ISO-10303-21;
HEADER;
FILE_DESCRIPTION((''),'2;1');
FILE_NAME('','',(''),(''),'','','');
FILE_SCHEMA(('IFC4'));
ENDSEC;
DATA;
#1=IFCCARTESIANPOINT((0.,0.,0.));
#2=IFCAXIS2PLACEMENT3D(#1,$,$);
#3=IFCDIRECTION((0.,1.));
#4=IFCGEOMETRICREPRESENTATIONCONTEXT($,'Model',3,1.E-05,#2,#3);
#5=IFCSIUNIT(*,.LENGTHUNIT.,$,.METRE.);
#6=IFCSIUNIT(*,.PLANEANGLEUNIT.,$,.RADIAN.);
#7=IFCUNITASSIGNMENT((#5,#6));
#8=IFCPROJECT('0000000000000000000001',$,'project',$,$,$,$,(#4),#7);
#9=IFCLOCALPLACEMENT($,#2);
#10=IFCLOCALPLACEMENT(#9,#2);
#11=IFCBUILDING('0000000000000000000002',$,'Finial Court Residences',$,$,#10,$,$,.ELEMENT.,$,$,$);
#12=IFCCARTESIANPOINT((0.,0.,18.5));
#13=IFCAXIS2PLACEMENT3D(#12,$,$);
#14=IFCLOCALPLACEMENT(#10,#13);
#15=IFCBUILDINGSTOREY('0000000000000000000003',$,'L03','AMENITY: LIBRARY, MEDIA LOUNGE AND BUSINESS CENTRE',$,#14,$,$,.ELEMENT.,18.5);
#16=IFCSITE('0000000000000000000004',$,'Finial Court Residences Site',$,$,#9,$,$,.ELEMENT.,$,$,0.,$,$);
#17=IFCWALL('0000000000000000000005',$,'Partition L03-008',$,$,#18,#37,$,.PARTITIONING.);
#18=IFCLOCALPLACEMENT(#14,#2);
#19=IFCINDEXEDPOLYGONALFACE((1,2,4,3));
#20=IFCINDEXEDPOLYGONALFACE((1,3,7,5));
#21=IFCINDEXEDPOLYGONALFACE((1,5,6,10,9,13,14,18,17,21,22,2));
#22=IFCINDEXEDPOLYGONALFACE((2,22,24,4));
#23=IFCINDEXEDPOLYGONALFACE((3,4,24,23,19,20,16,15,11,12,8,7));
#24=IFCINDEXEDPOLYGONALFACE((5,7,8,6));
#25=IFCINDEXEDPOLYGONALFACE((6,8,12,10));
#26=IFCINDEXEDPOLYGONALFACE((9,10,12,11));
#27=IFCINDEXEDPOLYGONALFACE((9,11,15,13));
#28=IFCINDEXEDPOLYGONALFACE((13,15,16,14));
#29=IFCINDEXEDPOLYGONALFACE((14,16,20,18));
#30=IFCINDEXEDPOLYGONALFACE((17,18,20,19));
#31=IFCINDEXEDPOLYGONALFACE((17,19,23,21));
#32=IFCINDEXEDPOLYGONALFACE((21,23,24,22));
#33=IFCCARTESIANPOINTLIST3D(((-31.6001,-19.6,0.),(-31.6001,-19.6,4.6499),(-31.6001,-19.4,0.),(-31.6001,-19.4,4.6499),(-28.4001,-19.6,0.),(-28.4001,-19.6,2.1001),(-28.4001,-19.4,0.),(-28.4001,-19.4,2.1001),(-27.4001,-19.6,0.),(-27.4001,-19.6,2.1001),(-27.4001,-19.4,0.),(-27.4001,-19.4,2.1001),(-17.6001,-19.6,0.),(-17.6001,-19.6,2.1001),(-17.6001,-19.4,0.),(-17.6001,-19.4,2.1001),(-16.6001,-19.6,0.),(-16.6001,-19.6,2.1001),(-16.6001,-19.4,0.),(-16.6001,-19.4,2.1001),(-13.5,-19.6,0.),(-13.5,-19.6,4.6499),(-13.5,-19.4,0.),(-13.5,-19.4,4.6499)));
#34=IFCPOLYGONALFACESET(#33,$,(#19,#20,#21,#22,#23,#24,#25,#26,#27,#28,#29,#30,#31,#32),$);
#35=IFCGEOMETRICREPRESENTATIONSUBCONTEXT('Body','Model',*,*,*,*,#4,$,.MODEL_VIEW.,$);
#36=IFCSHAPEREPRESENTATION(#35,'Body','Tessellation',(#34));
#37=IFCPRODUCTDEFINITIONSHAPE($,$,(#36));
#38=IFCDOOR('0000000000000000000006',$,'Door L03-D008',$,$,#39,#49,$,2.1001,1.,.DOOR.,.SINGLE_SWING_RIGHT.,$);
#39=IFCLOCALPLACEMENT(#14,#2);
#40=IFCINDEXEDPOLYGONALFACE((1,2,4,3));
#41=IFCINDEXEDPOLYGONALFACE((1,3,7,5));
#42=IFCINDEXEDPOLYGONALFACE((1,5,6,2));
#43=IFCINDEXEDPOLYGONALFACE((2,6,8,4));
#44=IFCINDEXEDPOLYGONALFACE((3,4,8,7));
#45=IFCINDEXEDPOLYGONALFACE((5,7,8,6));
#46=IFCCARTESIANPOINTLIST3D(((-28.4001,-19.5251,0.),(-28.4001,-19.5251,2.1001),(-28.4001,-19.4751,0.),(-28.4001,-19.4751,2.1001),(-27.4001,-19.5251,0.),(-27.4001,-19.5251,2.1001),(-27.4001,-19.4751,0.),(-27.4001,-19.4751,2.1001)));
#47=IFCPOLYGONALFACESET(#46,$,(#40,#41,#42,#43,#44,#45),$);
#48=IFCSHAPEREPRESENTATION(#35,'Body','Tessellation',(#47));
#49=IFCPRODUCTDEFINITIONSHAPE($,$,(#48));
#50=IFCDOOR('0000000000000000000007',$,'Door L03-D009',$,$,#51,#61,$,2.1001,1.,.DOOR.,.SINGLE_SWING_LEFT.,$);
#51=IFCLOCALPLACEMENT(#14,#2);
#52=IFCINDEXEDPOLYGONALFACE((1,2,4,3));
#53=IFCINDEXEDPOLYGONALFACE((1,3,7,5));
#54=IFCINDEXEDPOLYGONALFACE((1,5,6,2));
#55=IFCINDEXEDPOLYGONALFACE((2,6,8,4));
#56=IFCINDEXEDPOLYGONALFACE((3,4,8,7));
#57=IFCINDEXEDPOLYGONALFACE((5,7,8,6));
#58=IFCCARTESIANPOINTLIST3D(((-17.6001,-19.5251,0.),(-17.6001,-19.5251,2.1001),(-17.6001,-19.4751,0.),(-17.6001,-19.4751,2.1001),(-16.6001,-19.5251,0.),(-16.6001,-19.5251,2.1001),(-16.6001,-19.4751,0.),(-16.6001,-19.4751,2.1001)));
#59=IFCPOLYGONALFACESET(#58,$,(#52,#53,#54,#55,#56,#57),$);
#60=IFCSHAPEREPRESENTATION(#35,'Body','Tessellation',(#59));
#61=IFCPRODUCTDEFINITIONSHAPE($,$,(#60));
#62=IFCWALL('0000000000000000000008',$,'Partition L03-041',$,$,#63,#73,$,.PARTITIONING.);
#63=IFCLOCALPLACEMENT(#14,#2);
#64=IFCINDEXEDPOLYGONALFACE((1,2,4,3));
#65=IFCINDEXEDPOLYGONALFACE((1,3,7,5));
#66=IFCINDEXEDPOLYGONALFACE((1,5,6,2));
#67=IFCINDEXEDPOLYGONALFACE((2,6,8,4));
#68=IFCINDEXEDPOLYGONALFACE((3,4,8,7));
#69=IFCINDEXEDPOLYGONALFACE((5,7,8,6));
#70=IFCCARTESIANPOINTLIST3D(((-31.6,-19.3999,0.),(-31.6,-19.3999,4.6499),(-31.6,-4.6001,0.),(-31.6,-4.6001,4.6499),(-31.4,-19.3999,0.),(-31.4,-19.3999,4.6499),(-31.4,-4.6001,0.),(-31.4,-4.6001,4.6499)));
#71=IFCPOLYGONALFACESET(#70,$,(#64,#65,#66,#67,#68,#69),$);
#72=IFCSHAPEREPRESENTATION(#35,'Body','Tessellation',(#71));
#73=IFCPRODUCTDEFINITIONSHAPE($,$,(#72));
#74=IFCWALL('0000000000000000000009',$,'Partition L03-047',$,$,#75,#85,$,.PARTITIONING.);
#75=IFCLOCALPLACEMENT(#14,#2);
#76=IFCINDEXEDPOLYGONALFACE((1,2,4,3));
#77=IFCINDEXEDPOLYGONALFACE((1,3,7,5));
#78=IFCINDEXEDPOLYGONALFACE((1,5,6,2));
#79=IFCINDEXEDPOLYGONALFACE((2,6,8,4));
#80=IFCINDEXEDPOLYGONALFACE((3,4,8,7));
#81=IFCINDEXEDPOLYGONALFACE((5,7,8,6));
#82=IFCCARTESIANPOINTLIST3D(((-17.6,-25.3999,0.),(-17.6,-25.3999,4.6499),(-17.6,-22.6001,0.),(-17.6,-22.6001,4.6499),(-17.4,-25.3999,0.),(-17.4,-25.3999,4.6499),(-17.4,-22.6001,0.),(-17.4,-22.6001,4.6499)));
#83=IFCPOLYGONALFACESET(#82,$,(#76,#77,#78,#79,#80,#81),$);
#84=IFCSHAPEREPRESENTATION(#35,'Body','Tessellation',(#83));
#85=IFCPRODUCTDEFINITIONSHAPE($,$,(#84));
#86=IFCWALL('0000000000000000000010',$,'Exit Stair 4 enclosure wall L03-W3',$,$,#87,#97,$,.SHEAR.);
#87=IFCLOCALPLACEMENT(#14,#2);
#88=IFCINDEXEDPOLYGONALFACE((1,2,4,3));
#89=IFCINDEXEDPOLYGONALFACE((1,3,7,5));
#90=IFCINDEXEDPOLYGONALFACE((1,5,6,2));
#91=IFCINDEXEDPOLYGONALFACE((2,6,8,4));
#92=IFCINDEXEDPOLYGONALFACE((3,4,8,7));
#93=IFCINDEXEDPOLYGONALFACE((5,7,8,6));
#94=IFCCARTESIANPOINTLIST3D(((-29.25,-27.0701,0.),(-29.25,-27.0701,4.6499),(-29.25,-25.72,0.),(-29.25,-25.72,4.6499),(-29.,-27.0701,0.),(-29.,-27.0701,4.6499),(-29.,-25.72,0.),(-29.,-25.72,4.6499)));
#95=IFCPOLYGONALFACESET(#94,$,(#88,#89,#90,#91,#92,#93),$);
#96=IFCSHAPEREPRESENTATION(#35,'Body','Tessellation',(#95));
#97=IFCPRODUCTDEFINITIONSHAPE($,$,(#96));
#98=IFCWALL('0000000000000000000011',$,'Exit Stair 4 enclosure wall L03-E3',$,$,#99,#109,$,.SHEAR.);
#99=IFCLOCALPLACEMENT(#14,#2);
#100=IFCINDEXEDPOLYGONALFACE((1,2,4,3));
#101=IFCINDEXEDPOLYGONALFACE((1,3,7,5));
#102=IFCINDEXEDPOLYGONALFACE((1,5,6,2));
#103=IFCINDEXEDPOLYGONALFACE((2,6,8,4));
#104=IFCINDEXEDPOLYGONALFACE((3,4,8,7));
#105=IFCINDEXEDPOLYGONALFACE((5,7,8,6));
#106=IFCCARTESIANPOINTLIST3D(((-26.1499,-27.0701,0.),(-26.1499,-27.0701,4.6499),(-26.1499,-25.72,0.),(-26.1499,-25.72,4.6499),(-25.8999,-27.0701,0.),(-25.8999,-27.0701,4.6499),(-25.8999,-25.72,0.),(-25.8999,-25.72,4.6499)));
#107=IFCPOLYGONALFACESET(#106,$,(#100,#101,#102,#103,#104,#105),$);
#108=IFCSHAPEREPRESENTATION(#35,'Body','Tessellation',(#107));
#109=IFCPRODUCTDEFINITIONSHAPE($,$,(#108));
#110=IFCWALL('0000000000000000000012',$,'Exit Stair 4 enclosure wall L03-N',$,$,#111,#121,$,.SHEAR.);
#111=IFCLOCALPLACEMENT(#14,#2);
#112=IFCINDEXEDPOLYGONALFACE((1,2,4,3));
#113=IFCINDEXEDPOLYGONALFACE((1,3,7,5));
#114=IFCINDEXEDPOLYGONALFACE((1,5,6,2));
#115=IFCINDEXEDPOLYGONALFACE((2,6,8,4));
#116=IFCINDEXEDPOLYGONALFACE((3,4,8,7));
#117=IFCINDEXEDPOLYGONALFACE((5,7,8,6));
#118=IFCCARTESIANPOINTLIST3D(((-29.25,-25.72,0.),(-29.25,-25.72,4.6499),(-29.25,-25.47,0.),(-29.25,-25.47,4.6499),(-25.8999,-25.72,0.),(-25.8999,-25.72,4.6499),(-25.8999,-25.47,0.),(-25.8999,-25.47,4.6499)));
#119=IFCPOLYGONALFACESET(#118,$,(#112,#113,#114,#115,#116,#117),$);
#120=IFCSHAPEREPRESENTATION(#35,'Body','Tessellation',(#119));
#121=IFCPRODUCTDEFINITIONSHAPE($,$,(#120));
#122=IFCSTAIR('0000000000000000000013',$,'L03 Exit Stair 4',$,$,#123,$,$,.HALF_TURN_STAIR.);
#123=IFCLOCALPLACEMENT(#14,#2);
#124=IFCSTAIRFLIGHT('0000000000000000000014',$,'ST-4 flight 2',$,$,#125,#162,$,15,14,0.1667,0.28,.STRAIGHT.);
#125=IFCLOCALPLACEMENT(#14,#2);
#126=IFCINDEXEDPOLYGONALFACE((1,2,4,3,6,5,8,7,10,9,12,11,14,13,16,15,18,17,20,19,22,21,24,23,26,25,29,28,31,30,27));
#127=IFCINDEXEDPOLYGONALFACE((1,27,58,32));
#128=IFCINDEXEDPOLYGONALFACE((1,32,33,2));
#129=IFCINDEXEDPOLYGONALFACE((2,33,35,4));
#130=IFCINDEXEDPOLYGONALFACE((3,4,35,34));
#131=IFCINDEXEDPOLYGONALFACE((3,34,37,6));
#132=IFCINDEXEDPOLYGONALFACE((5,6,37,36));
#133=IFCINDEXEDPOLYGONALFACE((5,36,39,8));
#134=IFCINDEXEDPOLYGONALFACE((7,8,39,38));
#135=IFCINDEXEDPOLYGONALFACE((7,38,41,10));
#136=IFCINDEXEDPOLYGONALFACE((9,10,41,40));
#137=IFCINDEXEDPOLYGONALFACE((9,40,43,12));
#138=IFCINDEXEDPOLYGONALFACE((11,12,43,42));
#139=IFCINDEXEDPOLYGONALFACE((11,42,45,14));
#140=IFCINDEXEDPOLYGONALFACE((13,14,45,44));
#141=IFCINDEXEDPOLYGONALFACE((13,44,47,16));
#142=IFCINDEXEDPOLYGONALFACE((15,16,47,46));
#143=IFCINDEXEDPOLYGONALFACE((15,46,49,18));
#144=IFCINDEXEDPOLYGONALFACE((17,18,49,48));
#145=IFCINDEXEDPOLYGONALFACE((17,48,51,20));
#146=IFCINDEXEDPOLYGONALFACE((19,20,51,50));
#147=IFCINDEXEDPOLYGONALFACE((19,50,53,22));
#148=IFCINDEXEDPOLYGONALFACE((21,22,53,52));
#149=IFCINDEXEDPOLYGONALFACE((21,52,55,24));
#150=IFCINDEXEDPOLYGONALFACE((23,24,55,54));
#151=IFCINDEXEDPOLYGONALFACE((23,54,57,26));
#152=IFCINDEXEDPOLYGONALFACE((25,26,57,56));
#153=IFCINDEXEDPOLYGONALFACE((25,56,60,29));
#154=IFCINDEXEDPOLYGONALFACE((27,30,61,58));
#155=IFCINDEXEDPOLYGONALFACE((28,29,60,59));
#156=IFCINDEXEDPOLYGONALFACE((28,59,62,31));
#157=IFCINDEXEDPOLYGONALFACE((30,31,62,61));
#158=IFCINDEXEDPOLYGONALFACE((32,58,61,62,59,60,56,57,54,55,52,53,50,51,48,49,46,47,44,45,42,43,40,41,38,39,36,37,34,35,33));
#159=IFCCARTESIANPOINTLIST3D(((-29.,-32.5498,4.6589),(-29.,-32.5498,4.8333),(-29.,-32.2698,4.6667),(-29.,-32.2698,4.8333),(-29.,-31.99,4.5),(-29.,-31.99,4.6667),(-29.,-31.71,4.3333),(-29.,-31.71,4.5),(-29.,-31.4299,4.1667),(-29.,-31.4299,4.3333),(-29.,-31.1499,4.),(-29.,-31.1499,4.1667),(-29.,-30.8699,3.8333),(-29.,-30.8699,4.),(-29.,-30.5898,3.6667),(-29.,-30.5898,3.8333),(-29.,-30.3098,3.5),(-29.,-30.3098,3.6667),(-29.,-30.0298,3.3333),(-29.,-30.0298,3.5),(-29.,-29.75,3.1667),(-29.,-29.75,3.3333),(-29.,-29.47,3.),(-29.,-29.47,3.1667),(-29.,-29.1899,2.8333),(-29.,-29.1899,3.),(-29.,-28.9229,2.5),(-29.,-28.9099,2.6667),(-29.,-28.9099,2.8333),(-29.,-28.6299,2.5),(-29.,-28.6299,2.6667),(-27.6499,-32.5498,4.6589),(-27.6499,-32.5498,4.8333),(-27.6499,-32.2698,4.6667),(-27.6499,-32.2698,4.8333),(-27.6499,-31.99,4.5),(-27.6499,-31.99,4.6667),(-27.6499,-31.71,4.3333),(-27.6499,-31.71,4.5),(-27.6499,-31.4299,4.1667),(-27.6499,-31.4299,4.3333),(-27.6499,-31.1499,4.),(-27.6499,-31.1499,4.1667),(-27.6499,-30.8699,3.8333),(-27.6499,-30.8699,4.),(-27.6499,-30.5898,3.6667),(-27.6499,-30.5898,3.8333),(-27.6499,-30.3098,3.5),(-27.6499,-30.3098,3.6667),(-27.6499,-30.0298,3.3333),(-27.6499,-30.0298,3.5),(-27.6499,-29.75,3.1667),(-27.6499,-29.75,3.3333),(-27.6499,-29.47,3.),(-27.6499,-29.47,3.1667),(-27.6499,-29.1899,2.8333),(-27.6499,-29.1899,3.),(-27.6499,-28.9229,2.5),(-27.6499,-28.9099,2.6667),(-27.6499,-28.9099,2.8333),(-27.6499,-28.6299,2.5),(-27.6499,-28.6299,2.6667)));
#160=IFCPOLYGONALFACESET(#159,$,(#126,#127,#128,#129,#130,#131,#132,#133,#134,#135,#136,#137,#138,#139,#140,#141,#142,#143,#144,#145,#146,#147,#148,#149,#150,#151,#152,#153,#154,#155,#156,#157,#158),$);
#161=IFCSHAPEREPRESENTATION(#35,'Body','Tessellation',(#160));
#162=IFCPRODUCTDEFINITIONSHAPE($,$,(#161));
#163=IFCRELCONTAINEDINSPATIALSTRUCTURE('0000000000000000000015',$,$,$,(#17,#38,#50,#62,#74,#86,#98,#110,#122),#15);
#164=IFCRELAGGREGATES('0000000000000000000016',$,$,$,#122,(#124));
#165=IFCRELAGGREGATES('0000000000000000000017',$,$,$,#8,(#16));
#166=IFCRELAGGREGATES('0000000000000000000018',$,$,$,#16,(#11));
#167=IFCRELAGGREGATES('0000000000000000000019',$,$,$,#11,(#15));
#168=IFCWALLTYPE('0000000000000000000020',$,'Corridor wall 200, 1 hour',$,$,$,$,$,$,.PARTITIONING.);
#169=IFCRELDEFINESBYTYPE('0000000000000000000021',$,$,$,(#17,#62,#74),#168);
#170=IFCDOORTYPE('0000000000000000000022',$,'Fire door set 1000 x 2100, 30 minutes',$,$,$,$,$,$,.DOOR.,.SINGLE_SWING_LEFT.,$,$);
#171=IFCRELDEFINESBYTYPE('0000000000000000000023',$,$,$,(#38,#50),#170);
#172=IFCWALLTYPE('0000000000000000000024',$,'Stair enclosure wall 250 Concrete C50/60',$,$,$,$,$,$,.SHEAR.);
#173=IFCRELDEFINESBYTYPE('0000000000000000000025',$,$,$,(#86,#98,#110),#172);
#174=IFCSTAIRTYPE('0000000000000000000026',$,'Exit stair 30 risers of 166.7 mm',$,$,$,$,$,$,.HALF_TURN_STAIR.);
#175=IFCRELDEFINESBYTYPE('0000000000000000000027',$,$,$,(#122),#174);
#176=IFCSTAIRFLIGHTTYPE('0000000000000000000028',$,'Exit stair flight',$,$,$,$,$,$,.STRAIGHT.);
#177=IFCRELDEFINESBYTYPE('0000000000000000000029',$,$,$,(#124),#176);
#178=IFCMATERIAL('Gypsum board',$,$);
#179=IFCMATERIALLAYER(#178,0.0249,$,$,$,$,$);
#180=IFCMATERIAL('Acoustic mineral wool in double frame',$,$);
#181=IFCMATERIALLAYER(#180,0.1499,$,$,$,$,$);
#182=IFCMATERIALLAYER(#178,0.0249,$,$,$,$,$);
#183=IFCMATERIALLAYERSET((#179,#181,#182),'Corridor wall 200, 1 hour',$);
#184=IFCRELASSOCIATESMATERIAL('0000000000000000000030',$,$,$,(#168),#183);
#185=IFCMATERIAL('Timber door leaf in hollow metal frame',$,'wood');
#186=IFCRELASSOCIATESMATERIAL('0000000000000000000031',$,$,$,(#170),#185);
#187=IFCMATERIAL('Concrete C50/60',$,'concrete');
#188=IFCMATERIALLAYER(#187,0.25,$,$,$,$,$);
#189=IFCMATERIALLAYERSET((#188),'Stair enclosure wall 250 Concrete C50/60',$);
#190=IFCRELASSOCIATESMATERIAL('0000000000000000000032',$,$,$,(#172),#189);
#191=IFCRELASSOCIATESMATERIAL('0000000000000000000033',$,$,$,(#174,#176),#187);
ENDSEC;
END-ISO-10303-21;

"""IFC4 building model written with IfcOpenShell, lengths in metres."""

from ifc_helpers import new_model, si_unit, direction, frame, frame_2d, origin, place, context, subcontext, project, spatial, polyline, rectangle, outline, extrude, material, layer, layer_set, type_object, element, fill, aggregate, save


model = new_model("IFC4")

# Units and contexts
model_context = context("Model", 3, precision=1e-05, world=origin(), true_north=direction((0.0, 1.0)))
body_context = subcontext(model_context, "Body", "Model", "MODEL_VIEW")
ifc_project = project(units=[si_unit("LENGTHUNIT", "METRE"), si_unit("PLANEANGLEUNIT", "RADIAN")], contexts=[model_context])

# Site, building, storey
site_placement = place(None, origin())
site = spatial("IfcSite", under=ifc_project, at=site_placement, Name="Finial Court Residences Site", CompositionType="ELEMENT", RefElevation=0.0)
building_placement = place(site_placement, origin())
building = spatial("IfcBuilding", under=site, at=building_placement, Name="Finial Court Residences", CompositionType="ELEMENT")
storey_placement = place(building_placement, frame((0.0, 0.0, 18.5)))
storey = spatial("IfcBuildingStorey", under=building, at=storey_placement, Name="L03", Description="AMENITY: LIBRARY, MEDIA LOUNGE AND BUSINESS CENTRE", CompositionType="ELEMENT", Elevation=18.5)

# Shared definitions
ifc_material_1 = material(Name="Concrete C50/60", Category="concrete")

# Shared definitions
ifc_material_2 = material(Name="Gypsum board")
ifc_layer_1 = layer(ifc_material_2, 0.0249)
ifc_material_3 = material(Name="Acoustic mineral wool in double frame")
ifc_layer_2 = layer(ifc_material_3, 0.1499)
ifc_layer_3 = layer(ifc_material_2, 0.0249)
ifc_layer_set_1 = layer_set([ifc_layer_1, ifc_layer_2, ifc_layer_3], Name="Corridor wall 200, 1 hour")
wall_type_1 = type_object("IfcWallType", Name="Corridor wall 200, 1 hour", PredefinedType="PARTITIONING", material=ifc_layer_set_1)

# Shared definitions
ifc_material_4 = material(Name="Timber door leaf in hollow metal frame", Category="wood")
door_type = type_object("IfcDoorType", Name="Fire door set 1000 x 2100, 30 minutes", OperationType="SINGLE_SWING_LEFT", PredefinedType="DOOR", material=ifc_material_4)

# Wall, openings, doors
wall_1_placement = place(storey_placement, frame((-31.6001, -19.5, 0.0), z_axis=(0.0, 0.0, 1.0), x_axis=(1.0, 0.0, 0.0)))
wall_1 = element("IfcWall", 1, at=wall_1_placement, inside=storey, type_object=wall_type_1, Name="Partition L03-008", PredefinedType="PARTITIONING", context=body_context, shape_type="SweptSolid", body=[
    extrude(rectangle(XDim=18.1001, YDim=0.2, at=frame_2d((9.05, 0.0))), origin(), (0.0, 0.0, 1.0), 4.6499),
])
opening_1_placement = place(wall_1_placement, frame((3.2, 0.0, 0.0)))
opening_1 = element("IfcOpeningElement", 2, at=opening_1_placement, cuts=wall_1, PredefinedType="OPENING", context=body_context, shape_type="SweptSolid", body=[
    extrude(rectangle(XDim=1.0, YDim=2.1001, at=frame_2d((0.5, 1.05))), frame((0.0, 0.1099, 0.0), z_axis=(0.0, -1.0, 0.0), x_axis=(1.0, 0.0, 0.0)), (0.0, 0.0, 1.0), 0.22),
])
opening_2_placement = place(wall_1_placement, frame((14.0, 0.0, 0.0)))
opening_2 = element("IfcOpeningElement", 3, at=opening_2_placement, cuts=wall_1, PredefinedType="OPENING", context=body_context, shape_type="SweptSolid", body=[
    extrude(rectangle(XDim=1.0, YDim=2.1001, at=frame_2d((0.5, 1.05))), frame((0.0, 0.1099, 0.0), z_axis=(0.0, -1.0, 0.0), x_axis=(1.0, 0.0, 0.0)), (0.0, 0.0, 1.0), 0.22),
])
door_1_placement = place(opening_1_placement, origin())
door_1 = element("IfcDoor", 4, at=door_1_placement, inside=storey, type_object=door_type, Name="Door L03-D008", OperationType="SINGLE_SWING_RIGHT", OverallHeight=2.1001, OverallWidth=1.0, PredefinedType="DOOR", context=body_context, shape_type="SweptSolid", body=[
    extrude(rectangle(XDim=1.0, YDim=2.1001, at=frame_2d((0.5, 1.05))), frame((0.0, 0.0249, 0.0), z_axis=(0.0, -1.0, 0.0), x_axis=(1.0, 0.0, 0.0)), (0.0, 0.0, 1.0), 0.05),
])
fill(opening_1, door_1)
door_2_placement = place(opening_2_placement, origin())
door_2 = element("IfcDoor", 5, at=door_2_placement, inside=storey, type_object=door_type, Name="Door L03-D009", OperationType="SINGLE_SWING_LEFT", OverallHeight=2.1001, OverallWidth=1.0, PredefinedType="DOOR", context=body_context, shape_type="SweptSolid", body=[
    extrude(rectangle(XDim=1.0, YDim=2.1001, at=frame_2d((0.5, 1.05))), frame((0.0, 0.0249, 0.0), z_axis=(0.0, -1.0, 0.0), x_axis=(1.0, 0.0, 0.0)), (0.0, 0.0, 1.0), 0.05),
])
fill(opening_2, door_2)

# Walls
wall_2_placement = place(storey_placement, frame((-31.5, -19.3999, 0.0), z_axis=(0.0, 0.0, 1.0), x_axis=(0.0, 1.0, 0.0)))
element("IfcWall", 6, at=wall_2_placement, inside=storey, type_object=wall_type_1, Name="Partition L03-041", PredefinedType="PARTITIONING", context=body_context, shape_type="SweptSolid", body=[
    extrude(rectangle(XDim=14.7998, YDim=0.2, at=frame_2d((7.3999, 0.0))), origin(), (0.0, 0.0, 1.0), 4.6499),
])
wall_3_placement = place(storey_placement, frame((-17.5, -25.3999, 0.0), z_axis=(0.0, 0.0, 1.0), x_axis=(0.0, 1.0, 0.0)))
element("IfcWall", 7, at=wall_3_placement, inside=storey, type_object=wall_type_1, Name="Partition L03-047", PredefinedType="PARTITIONING", context=body_context, shape_type="SweptSolid", body=[
    extrude(rectangle(XDim=2.7998, YDim=0.2, at=frame_2d((1.3999, 0.0))), origin(), (0.0, 0.0, 1.0), 4.6499),
])
ifc_layer_4 = layer(ifc_material_1, 0.25)
ifc_layer_set_2 = layer_set([ifc_layer_4], Name="Stair enclosure wall 250 Concrete C50/60")
wall_type_2 = type_object("IfcWallType", Name="Stair enclosure wall 250 Concrete C50/60", PredefinedType="SHEAR", material=ifc_layer_set_2)
for number, where, z_axis, x_axis, name in (
    (8, (-29.125, -27.0701, 0.0), (0.0, 0.0, 1.0), (0.0, 1.0, 0.0), "Exit Stair 4 enclosure wall L03-W3"),
    (9, (-26.0249, -27.0701, 0.0), (0.0, 0.0, 1.0), (0.0, 1.0, 0.0), "Exit Stair 4 enclosure wall L03-E3"),
):
    element("IfcWall", number, at=place(storey_placement, frame(where, z_axis=z_axis, x_axis=x_axis)), inside=storey, type_object=wall_type_2, Name=name, PredefinedType="SHEAR", context=body_context, shape_type="SweptSolid", body=[
        extrude(rectangle(XDim=1.3501, YDim=0.25, at=frame_2d((0.675, 0.0))), origin(), (0.0, 0.0, 1.0), 4.6499),
    ])
wall_4_placement = place(storey_placement, frame((-29.25, -25.595, 0.0), z_axis=(0.0, 0.0, 1.0), x_axis=(1.0, 0.0, 0.0)))
element("IfcWall", 10, at=wall_4_placement, inside=storey, type_object=wall_type_2, Name="Exit Stair 4 enclosure wall L03-N", PredefinedType="SHEAR", context=body_context, shape_type="SweptSolid", body=[
    extrude(rectangle(XDim=3.3501, YDim=0.25, at=frame_2d((1.675, 0.0))), origin(), (0.0, 0.0, 1.0), 4.6499),
])

# Stair, stair flight
stair_type = type_object("IfcStairType", Name="Exit stair 30 risers of 166.7 mm", PredefinedType="HALF_TURN_STAIR", material=ifc_material_1)
stair_placement = place(storey_placement, origin())
stair = element("IfcStair", 11, at=stair_placement, inside=storey, type_object=stair_type, Name="L03 Exit Stair 4", PredefinedType="HALF_TURN_STAIR")
stair_flight_type = type_object("IfcStairFlightType", Name="Exit stair flight", PredefinedType="STRAIGHT", material=ifc_material_1)
stair_flight_placement = place(storey_placement, frame((-28.325, -28.6299, 2.5), z_axis=(0.0, 0.0, 1.0), x_axis=(0.0, -1.0, 0.0)))
stair_flight = element("IfcStairFlight", 12, at=stair_flight_placement, type_object=stair_flight_type, Name="ST-4 flight 2", NumberOfRisers=15, NumberOfTreads=14, PredefinedType="STRAIGHT", RiserHeight=0.1667, TreadLength=0.28, context=body_context, shape_type="SweptSolid", body=[
    extrude(outline(polyline([(0.0, 0.0), (0.0, 0.1667), (0.28, 0.1667), (0.28, 0.3333), (0.5601, 0.3333), (0.5601, 0.5), (0.8401, 0.5), (0.8401, 0.6667), (1.1201, 0.6667), (1.1201, 0.8333), (1.3999, 0.8333), (1.3999, 1.0), (1.6799, 1.0), (1.6799, 1.1667), (1.96, 1.1667), (1.96, 1.3333), (2.24, 1.3333), (2.24, 1.5), (2.52, 1.5), (2.52, 1.6667), (2.8, 1.6667), (2.8, 1.8333), (3.0801, 1.8333), (3.0801, 2.0), (3.3601, 2.0), (3.3601, 2.1667), (3.6399, 2.1667), (3.6399, 2.3333), (3.9199, 2.3333), (3.9199, 2.5), (3.9199, 2.1589), (0.293, 0.0), (0.0, 0.0)])), frame((0.0, 0.675, 0.0), z_axis=(0.0, -1.0, 0.0), x_axis=(1.0, 0.0, 0.0)), (0.0, 0.0, 1.0), 1.3501),
])
aggregate(stair, [stair_flight])

save(model, "model.ifc")
